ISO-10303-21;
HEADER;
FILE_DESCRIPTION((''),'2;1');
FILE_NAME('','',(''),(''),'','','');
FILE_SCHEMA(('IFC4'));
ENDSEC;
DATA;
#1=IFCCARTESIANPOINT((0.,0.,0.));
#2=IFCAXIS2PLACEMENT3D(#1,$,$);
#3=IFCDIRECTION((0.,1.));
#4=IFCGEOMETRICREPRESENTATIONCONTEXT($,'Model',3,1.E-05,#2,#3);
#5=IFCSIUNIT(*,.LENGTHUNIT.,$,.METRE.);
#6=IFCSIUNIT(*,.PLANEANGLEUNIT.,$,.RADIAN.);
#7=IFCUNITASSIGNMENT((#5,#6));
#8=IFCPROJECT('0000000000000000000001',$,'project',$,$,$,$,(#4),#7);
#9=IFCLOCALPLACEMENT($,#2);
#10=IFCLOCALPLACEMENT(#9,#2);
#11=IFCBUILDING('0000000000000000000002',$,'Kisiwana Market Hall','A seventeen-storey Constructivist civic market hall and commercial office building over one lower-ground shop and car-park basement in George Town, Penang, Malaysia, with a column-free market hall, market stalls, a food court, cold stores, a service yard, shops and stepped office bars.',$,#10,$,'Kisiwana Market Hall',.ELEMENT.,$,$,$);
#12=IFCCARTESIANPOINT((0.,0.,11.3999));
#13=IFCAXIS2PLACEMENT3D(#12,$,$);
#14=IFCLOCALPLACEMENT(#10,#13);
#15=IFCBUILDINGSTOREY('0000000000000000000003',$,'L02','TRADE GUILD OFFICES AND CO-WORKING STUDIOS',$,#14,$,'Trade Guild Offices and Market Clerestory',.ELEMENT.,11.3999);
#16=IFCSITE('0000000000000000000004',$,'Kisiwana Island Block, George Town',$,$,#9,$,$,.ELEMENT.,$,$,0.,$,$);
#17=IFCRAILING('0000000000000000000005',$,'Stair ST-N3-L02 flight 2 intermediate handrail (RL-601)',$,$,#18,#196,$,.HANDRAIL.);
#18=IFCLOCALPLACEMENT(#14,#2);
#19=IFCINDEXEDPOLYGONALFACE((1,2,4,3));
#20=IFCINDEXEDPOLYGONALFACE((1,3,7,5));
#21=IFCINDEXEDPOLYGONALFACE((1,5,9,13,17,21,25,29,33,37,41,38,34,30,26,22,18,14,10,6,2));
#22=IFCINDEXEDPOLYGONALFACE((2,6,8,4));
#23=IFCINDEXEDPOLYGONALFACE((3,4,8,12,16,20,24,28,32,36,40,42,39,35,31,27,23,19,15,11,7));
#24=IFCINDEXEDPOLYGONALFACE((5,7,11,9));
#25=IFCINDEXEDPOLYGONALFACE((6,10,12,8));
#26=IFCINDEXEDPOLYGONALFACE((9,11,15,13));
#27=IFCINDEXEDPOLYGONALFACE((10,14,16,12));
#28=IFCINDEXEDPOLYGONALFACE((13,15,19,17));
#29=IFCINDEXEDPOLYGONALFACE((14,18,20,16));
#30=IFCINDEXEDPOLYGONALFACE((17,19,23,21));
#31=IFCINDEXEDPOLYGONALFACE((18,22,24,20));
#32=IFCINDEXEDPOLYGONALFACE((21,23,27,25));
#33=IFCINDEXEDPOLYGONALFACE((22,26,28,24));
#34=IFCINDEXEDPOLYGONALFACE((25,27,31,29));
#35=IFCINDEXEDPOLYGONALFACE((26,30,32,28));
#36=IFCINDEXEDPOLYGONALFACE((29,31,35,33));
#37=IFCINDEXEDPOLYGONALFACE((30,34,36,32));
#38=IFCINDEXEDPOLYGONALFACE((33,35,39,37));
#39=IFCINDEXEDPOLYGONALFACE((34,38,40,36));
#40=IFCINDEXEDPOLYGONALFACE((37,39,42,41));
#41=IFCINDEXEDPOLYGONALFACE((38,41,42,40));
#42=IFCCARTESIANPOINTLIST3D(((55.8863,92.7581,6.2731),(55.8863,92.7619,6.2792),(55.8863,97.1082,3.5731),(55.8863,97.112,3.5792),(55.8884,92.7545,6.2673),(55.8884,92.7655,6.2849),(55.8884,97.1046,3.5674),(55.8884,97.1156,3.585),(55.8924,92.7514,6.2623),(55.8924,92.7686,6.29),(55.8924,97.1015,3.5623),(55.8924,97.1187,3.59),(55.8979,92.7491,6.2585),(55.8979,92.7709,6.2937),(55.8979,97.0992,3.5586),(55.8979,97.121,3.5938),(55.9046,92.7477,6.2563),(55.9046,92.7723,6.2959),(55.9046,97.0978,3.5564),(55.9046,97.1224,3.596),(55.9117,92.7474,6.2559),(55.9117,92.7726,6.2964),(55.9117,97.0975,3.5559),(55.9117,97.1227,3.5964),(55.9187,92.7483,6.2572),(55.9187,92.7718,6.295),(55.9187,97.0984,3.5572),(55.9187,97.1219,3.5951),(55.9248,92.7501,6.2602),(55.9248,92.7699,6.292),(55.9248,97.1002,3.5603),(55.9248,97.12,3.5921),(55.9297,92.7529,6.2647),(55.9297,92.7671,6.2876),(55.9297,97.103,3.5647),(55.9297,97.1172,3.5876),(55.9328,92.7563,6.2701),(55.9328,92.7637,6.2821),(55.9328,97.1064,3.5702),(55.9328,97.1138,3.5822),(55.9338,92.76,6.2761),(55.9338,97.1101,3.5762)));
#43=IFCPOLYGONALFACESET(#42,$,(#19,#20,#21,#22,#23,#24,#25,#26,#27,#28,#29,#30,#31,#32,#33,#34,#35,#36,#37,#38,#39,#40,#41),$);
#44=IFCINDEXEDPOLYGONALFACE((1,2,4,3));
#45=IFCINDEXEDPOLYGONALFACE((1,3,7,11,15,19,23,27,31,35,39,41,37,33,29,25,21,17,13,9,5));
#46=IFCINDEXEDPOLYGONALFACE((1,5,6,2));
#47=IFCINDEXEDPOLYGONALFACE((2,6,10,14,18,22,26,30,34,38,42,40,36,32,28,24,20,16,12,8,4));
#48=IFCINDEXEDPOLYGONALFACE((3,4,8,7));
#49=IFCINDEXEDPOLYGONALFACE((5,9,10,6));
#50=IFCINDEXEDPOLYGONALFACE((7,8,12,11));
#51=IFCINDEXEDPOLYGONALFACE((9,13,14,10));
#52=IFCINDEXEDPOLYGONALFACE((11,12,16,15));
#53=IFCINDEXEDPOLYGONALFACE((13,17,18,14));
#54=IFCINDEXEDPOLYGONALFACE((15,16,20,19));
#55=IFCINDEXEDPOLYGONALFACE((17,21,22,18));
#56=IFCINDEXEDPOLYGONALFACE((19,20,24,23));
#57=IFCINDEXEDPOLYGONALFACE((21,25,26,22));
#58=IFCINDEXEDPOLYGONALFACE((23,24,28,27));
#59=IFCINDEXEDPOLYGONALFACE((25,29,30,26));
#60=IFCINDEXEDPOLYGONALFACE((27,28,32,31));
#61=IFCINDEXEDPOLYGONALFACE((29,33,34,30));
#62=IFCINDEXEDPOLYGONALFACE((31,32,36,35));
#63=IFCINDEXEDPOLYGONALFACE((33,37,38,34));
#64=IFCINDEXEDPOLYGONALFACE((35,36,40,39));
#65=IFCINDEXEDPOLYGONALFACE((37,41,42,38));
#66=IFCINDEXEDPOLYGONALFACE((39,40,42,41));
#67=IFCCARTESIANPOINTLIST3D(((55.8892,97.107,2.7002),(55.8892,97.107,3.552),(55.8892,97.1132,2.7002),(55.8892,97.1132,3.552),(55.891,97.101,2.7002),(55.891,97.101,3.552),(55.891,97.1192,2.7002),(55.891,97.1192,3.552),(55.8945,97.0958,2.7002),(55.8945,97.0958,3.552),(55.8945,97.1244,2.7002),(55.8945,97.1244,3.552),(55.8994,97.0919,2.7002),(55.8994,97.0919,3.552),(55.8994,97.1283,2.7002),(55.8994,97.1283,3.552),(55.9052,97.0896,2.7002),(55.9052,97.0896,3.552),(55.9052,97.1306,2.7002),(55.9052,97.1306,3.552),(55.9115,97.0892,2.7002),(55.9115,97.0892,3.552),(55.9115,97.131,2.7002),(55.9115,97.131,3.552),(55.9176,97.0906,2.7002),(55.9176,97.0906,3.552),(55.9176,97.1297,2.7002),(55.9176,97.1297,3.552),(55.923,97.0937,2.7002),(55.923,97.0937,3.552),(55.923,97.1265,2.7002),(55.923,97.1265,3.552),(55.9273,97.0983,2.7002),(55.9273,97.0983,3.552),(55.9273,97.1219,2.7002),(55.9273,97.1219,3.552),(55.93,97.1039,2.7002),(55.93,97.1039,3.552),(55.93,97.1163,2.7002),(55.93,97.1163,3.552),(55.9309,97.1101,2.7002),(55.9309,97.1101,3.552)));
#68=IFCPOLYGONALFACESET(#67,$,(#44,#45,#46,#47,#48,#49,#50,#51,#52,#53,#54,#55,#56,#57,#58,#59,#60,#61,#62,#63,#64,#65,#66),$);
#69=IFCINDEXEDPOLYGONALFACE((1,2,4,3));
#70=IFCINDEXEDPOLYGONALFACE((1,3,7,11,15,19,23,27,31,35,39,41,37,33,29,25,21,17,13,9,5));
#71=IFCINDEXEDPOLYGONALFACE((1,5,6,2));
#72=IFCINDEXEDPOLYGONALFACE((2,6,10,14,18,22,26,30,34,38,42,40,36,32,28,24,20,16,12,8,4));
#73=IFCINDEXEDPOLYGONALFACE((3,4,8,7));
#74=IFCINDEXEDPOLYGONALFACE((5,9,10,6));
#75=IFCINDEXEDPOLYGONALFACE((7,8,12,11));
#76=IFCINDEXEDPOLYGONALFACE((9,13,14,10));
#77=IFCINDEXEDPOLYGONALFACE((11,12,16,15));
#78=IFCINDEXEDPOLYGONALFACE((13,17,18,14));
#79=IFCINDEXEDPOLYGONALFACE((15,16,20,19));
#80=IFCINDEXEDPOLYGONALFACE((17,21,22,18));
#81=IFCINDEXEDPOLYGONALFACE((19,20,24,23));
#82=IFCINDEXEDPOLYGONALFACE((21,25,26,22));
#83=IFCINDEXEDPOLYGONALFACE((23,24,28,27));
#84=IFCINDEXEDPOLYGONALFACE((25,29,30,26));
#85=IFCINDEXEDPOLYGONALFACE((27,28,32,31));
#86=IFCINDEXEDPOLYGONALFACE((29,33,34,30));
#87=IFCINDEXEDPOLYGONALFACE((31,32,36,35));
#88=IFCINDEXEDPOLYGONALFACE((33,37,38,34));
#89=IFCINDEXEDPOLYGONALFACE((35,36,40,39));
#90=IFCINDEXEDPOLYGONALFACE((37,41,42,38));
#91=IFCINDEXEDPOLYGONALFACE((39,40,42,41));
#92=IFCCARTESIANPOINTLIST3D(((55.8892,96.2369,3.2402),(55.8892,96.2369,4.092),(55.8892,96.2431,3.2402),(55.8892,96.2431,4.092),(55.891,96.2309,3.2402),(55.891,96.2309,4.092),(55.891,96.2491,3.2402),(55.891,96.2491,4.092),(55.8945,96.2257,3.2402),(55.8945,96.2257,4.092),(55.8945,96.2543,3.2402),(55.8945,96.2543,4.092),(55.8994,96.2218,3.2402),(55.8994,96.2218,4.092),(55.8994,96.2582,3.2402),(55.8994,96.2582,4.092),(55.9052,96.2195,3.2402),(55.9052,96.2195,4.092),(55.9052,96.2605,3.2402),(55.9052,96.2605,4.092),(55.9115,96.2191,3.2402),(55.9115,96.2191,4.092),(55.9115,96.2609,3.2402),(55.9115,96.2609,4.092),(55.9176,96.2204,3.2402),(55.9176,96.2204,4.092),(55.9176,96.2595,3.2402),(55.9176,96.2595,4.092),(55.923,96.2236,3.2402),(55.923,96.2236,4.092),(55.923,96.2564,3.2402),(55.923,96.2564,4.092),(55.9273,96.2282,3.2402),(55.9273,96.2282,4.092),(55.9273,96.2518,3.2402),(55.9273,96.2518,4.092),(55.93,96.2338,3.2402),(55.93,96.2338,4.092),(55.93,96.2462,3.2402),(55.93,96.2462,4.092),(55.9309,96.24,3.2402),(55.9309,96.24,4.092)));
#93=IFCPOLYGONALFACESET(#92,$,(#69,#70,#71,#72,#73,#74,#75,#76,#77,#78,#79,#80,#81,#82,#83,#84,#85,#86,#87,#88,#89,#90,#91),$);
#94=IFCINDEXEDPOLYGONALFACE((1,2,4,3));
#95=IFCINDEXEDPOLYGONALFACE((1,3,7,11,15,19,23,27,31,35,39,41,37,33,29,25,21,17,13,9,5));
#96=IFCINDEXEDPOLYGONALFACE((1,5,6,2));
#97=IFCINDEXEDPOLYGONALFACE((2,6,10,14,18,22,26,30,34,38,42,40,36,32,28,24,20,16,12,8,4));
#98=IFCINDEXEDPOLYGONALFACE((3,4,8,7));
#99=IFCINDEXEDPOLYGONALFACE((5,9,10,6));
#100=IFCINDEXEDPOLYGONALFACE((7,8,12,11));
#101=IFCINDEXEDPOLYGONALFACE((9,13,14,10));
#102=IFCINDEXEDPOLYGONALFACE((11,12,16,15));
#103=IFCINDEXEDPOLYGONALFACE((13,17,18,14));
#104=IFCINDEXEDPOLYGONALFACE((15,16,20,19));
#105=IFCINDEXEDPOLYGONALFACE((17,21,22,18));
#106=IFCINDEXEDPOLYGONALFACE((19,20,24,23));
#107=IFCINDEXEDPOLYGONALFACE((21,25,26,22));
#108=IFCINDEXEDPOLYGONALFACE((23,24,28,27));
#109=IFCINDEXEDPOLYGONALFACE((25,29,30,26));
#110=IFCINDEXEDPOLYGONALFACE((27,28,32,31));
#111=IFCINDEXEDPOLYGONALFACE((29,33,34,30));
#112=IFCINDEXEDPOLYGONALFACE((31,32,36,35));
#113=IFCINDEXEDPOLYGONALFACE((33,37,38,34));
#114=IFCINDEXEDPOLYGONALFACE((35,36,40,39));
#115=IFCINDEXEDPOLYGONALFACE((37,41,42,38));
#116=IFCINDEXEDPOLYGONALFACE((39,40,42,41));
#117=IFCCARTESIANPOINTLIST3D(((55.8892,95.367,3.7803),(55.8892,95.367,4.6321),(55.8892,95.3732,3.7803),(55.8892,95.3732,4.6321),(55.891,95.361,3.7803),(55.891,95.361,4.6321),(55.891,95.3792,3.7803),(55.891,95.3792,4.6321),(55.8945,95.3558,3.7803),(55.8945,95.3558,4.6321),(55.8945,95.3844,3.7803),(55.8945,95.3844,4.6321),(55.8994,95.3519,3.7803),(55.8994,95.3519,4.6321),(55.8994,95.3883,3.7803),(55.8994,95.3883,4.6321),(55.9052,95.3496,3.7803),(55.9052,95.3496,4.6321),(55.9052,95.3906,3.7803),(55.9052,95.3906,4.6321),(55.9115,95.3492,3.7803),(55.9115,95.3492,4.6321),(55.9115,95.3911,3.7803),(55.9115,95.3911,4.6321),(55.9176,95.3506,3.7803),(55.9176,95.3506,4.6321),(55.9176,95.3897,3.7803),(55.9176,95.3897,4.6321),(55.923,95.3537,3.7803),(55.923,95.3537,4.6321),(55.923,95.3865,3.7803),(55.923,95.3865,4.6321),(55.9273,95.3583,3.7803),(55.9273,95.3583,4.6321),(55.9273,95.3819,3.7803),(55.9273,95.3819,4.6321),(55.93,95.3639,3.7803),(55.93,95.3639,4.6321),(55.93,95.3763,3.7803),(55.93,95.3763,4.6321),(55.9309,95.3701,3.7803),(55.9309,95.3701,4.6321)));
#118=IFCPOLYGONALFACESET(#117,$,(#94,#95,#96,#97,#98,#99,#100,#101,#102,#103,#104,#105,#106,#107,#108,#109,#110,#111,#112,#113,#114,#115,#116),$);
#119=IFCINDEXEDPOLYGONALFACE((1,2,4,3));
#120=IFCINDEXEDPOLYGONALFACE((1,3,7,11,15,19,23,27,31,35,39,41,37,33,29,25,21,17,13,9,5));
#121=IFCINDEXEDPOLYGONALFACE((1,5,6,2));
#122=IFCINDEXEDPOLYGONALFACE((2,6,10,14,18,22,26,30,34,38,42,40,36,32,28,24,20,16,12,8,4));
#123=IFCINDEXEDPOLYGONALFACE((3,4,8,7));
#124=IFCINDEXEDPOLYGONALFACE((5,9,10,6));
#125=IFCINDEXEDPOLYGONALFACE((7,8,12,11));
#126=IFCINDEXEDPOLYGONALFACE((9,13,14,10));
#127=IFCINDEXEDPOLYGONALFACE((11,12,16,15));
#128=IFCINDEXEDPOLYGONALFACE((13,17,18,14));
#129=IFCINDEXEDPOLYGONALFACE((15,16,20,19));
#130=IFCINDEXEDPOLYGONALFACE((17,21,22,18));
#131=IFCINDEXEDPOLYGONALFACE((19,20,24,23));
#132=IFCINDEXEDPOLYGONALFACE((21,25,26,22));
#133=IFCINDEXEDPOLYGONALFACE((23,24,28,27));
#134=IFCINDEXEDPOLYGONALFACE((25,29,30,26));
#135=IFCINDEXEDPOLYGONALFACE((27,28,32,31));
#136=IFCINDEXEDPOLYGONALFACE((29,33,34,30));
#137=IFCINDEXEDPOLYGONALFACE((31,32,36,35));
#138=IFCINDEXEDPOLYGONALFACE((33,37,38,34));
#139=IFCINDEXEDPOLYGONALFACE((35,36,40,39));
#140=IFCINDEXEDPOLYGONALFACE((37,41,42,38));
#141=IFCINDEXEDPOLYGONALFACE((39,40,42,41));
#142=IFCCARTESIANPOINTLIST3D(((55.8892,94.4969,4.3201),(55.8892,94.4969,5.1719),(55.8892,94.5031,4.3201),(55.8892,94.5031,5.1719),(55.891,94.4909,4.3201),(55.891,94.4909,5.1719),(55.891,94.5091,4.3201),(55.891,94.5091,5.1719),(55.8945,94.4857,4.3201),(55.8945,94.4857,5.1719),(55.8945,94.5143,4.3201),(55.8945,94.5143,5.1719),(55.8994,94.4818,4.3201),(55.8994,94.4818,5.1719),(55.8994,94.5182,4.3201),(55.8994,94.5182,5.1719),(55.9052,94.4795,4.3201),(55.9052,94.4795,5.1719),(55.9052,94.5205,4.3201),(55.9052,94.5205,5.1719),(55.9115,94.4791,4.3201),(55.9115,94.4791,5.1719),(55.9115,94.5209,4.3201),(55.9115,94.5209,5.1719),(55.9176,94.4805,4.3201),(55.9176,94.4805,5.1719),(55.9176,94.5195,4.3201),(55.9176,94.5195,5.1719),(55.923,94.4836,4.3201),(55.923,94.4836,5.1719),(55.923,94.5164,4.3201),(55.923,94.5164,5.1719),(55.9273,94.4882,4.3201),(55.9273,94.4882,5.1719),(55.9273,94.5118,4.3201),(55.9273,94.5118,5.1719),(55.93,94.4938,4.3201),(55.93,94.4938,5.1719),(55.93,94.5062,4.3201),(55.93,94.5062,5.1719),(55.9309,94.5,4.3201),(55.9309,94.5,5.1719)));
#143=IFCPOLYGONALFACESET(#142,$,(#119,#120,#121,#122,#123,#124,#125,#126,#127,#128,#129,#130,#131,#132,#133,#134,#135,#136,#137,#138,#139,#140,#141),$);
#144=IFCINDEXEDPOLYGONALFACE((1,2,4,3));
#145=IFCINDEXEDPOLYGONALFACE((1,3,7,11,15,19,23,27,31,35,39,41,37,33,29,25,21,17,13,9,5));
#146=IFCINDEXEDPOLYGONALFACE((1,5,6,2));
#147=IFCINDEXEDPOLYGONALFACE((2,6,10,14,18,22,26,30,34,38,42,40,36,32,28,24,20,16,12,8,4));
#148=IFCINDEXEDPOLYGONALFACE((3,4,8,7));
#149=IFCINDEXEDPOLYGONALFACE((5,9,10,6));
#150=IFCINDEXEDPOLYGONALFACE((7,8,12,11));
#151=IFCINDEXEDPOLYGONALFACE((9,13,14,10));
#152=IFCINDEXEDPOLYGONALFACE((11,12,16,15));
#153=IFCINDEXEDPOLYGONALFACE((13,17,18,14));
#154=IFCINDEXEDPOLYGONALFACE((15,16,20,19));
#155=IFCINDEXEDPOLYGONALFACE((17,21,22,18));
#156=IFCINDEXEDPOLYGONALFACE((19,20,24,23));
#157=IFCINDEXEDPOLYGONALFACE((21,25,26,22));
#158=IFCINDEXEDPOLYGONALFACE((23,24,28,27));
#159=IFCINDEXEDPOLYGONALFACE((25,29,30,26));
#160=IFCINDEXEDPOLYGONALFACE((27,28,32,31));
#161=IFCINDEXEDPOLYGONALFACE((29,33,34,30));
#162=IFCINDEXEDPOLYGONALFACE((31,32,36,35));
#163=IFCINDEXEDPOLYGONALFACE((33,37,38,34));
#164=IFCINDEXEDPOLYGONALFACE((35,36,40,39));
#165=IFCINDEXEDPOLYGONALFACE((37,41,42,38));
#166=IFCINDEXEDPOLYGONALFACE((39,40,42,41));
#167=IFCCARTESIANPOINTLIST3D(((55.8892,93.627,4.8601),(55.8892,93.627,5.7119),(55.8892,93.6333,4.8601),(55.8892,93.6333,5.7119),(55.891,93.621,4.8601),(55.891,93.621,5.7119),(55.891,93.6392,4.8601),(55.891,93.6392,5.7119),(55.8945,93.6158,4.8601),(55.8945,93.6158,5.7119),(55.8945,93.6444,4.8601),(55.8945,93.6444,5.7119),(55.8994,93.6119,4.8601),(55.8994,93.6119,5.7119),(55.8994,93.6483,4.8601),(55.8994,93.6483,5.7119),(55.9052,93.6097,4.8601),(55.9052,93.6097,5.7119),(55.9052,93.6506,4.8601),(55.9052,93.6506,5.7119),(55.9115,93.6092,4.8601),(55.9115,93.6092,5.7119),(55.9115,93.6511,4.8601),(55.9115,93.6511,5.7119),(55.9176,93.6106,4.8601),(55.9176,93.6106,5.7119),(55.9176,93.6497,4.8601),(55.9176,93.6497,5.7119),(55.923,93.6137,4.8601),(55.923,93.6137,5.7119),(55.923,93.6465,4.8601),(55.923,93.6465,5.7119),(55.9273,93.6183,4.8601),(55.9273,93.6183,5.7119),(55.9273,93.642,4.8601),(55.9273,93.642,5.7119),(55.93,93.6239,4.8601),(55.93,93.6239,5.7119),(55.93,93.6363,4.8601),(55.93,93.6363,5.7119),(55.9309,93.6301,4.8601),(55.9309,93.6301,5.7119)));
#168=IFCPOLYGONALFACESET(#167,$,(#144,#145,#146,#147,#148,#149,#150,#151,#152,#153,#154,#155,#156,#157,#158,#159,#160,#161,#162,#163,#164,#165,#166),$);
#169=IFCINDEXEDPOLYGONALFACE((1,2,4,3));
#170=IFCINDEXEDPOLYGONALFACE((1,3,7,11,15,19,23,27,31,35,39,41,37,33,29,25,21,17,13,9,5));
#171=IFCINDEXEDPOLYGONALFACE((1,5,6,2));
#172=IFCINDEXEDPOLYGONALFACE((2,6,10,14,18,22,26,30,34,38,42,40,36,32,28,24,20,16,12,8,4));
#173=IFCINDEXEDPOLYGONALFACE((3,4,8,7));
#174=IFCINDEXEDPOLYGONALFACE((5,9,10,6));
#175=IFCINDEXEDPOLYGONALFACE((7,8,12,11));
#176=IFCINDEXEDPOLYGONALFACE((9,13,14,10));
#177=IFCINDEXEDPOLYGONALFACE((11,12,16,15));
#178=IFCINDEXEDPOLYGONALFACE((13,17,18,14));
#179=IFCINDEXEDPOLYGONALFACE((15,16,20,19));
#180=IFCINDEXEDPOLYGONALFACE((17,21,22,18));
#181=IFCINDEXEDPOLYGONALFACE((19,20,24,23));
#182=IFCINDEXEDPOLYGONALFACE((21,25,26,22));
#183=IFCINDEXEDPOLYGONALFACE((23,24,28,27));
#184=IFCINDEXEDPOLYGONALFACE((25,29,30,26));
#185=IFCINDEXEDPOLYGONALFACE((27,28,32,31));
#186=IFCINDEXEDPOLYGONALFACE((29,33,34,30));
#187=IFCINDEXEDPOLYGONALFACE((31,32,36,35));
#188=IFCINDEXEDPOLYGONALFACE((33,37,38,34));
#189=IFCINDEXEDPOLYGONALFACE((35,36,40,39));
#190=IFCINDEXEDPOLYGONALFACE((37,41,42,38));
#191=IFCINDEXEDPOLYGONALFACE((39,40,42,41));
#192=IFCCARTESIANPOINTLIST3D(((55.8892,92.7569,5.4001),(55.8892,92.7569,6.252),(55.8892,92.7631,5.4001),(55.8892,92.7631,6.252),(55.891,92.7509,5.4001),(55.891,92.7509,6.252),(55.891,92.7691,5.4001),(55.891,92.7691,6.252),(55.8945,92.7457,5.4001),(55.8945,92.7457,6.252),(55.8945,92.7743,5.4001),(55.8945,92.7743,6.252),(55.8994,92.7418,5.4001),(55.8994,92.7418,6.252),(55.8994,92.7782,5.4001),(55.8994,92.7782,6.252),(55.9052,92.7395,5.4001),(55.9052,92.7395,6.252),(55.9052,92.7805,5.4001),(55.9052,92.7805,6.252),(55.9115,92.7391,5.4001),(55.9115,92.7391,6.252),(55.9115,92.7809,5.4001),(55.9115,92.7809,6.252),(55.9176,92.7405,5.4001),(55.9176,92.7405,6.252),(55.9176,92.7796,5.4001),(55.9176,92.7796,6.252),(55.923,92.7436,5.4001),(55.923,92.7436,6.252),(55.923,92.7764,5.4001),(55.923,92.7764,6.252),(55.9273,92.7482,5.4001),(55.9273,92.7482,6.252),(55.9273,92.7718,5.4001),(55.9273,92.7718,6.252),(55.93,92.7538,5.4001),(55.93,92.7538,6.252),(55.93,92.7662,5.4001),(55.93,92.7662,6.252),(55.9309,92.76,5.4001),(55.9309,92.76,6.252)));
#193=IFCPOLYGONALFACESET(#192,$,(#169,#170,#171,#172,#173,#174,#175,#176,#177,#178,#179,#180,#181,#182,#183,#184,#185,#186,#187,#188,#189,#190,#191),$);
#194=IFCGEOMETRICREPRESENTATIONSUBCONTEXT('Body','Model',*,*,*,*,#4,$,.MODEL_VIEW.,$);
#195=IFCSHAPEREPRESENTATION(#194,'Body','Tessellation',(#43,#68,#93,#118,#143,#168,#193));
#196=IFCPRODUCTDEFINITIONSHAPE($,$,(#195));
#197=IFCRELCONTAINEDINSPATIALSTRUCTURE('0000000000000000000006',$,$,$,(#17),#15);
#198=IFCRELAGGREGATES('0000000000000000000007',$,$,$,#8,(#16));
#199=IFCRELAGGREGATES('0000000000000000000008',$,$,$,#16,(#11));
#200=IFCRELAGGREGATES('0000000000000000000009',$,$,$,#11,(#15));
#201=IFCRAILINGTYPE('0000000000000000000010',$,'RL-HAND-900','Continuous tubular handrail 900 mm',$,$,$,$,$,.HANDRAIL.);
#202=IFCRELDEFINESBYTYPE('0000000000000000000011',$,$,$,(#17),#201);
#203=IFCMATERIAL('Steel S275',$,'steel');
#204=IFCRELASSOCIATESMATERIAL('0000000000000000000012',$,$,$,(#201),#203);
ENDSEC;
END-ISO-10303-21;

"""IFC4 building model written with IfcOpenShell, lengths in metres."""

from ifc_helpers import new_model, si_unit, direction, frame, origin, origin_2d, place, context, subcontext, project, spatial, circle, extrude, material, type_object, element, save


model = new_model("IFC4")

# Units and contexts
model_context = context("Model", 3, precision=1e-05, world=origin(), true_north=direction((0.0, 1.0)))
body_context = subcontext(model_context, "Body", "Model", "MODEL_VIEW")
ifc_project = project(units=[si_unit("LENGTHUNIT", "METRE"), si_unit("PLANEANGLEUNIT", "RADIAN")], contexts=[model_context])

# Site, building, storey
site_placement = place(None, origin())
site = spatial("IfcSite", under=ifc_project, at=site_placement, Name="Kisiwana Island Block, George Town", CompositionType="ELEMENT", RefElevation=0.0)
building_placement = place(site_placement, origin())
building = spatial("IfcBuilding", under=site, at=building_placement, Name="Kisiwana Market Hall", Description="A seventeen-storey Constructivist civic market hall and commercial office building over one lower-ground shop and car-park basement in George Town, Penang, Malaysia, with a column-free market hall, market stalls, a food court, cold stores, a service yard, shops and stepped office bars.", LongName="Kisiwana Market Hall", CompositionType="ELEMENT")
storey_placement = place(building_placement, frame((0.0, 0.0, 11.3999)))
storey = spatial("IfcBuildingStorey", under=building, at=storey_placement, Name="L02", Description="TRADE GUILD OFFICES AND CO-WORKING STUDIOS", LongName="Trade Guild Offices and Market Clerestory", CompositionType="ELEMENT", Elevation=11.3999)

# Railing
ifc_material_1 = material(Name="Steel S275", Category="steel")
railing_type_1 = type_object("IfcRailingType", Name="RL-HAND-900", Description="Continuous tubular handrail 900 mm", PredefinedType="HANDRAIL", material=ifc_material_1)
railing_1_placement = place(storey_placement, frame((55.9099, 97.1101, 2.7002)))
element("IfcRailing", 1, at=railing_1_placement, inside=storey, type_object=railing_type_1, Name="Stair ST-N3-L02 flight 2 intermediate handrail (RL-601)", PredefinedType="HANDRAIL", context=body_context, shape_type="SweptSolid", body=[
    extrude(circle(Radius=0.0239, at=origin_2d()), frame((0.0, 0.0, 0.876), z_axis=(0.0, -0.84965, 0.527347), x_axis=(1.0, 0.0, 0.0)), (0.0, 0.0, 1.0), 5.1199),
    extrude(circle(Radius=0.021, at=origin_2d()), origin(), (0.0, 0.0, 1.0), 0.8518),
    extrude(circle(Radius=0.021, at=origin_2d()), frame((0.0, -0.8701, 0.54)), (0.0, 0.0, 1.0), 0.8518),
    extrude(circle(Radius=0.021, at=origin_2d()), frame((0.0, -1.74, 1.0801)), (0.0, 0.0, 1.0), 0.8518),
    extrude(circle(Radius=0.021, at=origin_2d()), frame((0.0, -2.6101, 1.6199)), (0.0, 0.0, 1.0), 0.8518),
    extrude(circle(Radius=0.021, at=origin_2d()), frame((0.0, -3.48, 2.1599)), (0.0, 0.0, 1.0), 0.8518),
    extrude(circle(Radius=0.021, at=origin_2d()), frame((0.0, -4.3501, 2.7)), (0.0, 0.0, 1.0), 0.8518),
])

save(model, "model.ifc")
